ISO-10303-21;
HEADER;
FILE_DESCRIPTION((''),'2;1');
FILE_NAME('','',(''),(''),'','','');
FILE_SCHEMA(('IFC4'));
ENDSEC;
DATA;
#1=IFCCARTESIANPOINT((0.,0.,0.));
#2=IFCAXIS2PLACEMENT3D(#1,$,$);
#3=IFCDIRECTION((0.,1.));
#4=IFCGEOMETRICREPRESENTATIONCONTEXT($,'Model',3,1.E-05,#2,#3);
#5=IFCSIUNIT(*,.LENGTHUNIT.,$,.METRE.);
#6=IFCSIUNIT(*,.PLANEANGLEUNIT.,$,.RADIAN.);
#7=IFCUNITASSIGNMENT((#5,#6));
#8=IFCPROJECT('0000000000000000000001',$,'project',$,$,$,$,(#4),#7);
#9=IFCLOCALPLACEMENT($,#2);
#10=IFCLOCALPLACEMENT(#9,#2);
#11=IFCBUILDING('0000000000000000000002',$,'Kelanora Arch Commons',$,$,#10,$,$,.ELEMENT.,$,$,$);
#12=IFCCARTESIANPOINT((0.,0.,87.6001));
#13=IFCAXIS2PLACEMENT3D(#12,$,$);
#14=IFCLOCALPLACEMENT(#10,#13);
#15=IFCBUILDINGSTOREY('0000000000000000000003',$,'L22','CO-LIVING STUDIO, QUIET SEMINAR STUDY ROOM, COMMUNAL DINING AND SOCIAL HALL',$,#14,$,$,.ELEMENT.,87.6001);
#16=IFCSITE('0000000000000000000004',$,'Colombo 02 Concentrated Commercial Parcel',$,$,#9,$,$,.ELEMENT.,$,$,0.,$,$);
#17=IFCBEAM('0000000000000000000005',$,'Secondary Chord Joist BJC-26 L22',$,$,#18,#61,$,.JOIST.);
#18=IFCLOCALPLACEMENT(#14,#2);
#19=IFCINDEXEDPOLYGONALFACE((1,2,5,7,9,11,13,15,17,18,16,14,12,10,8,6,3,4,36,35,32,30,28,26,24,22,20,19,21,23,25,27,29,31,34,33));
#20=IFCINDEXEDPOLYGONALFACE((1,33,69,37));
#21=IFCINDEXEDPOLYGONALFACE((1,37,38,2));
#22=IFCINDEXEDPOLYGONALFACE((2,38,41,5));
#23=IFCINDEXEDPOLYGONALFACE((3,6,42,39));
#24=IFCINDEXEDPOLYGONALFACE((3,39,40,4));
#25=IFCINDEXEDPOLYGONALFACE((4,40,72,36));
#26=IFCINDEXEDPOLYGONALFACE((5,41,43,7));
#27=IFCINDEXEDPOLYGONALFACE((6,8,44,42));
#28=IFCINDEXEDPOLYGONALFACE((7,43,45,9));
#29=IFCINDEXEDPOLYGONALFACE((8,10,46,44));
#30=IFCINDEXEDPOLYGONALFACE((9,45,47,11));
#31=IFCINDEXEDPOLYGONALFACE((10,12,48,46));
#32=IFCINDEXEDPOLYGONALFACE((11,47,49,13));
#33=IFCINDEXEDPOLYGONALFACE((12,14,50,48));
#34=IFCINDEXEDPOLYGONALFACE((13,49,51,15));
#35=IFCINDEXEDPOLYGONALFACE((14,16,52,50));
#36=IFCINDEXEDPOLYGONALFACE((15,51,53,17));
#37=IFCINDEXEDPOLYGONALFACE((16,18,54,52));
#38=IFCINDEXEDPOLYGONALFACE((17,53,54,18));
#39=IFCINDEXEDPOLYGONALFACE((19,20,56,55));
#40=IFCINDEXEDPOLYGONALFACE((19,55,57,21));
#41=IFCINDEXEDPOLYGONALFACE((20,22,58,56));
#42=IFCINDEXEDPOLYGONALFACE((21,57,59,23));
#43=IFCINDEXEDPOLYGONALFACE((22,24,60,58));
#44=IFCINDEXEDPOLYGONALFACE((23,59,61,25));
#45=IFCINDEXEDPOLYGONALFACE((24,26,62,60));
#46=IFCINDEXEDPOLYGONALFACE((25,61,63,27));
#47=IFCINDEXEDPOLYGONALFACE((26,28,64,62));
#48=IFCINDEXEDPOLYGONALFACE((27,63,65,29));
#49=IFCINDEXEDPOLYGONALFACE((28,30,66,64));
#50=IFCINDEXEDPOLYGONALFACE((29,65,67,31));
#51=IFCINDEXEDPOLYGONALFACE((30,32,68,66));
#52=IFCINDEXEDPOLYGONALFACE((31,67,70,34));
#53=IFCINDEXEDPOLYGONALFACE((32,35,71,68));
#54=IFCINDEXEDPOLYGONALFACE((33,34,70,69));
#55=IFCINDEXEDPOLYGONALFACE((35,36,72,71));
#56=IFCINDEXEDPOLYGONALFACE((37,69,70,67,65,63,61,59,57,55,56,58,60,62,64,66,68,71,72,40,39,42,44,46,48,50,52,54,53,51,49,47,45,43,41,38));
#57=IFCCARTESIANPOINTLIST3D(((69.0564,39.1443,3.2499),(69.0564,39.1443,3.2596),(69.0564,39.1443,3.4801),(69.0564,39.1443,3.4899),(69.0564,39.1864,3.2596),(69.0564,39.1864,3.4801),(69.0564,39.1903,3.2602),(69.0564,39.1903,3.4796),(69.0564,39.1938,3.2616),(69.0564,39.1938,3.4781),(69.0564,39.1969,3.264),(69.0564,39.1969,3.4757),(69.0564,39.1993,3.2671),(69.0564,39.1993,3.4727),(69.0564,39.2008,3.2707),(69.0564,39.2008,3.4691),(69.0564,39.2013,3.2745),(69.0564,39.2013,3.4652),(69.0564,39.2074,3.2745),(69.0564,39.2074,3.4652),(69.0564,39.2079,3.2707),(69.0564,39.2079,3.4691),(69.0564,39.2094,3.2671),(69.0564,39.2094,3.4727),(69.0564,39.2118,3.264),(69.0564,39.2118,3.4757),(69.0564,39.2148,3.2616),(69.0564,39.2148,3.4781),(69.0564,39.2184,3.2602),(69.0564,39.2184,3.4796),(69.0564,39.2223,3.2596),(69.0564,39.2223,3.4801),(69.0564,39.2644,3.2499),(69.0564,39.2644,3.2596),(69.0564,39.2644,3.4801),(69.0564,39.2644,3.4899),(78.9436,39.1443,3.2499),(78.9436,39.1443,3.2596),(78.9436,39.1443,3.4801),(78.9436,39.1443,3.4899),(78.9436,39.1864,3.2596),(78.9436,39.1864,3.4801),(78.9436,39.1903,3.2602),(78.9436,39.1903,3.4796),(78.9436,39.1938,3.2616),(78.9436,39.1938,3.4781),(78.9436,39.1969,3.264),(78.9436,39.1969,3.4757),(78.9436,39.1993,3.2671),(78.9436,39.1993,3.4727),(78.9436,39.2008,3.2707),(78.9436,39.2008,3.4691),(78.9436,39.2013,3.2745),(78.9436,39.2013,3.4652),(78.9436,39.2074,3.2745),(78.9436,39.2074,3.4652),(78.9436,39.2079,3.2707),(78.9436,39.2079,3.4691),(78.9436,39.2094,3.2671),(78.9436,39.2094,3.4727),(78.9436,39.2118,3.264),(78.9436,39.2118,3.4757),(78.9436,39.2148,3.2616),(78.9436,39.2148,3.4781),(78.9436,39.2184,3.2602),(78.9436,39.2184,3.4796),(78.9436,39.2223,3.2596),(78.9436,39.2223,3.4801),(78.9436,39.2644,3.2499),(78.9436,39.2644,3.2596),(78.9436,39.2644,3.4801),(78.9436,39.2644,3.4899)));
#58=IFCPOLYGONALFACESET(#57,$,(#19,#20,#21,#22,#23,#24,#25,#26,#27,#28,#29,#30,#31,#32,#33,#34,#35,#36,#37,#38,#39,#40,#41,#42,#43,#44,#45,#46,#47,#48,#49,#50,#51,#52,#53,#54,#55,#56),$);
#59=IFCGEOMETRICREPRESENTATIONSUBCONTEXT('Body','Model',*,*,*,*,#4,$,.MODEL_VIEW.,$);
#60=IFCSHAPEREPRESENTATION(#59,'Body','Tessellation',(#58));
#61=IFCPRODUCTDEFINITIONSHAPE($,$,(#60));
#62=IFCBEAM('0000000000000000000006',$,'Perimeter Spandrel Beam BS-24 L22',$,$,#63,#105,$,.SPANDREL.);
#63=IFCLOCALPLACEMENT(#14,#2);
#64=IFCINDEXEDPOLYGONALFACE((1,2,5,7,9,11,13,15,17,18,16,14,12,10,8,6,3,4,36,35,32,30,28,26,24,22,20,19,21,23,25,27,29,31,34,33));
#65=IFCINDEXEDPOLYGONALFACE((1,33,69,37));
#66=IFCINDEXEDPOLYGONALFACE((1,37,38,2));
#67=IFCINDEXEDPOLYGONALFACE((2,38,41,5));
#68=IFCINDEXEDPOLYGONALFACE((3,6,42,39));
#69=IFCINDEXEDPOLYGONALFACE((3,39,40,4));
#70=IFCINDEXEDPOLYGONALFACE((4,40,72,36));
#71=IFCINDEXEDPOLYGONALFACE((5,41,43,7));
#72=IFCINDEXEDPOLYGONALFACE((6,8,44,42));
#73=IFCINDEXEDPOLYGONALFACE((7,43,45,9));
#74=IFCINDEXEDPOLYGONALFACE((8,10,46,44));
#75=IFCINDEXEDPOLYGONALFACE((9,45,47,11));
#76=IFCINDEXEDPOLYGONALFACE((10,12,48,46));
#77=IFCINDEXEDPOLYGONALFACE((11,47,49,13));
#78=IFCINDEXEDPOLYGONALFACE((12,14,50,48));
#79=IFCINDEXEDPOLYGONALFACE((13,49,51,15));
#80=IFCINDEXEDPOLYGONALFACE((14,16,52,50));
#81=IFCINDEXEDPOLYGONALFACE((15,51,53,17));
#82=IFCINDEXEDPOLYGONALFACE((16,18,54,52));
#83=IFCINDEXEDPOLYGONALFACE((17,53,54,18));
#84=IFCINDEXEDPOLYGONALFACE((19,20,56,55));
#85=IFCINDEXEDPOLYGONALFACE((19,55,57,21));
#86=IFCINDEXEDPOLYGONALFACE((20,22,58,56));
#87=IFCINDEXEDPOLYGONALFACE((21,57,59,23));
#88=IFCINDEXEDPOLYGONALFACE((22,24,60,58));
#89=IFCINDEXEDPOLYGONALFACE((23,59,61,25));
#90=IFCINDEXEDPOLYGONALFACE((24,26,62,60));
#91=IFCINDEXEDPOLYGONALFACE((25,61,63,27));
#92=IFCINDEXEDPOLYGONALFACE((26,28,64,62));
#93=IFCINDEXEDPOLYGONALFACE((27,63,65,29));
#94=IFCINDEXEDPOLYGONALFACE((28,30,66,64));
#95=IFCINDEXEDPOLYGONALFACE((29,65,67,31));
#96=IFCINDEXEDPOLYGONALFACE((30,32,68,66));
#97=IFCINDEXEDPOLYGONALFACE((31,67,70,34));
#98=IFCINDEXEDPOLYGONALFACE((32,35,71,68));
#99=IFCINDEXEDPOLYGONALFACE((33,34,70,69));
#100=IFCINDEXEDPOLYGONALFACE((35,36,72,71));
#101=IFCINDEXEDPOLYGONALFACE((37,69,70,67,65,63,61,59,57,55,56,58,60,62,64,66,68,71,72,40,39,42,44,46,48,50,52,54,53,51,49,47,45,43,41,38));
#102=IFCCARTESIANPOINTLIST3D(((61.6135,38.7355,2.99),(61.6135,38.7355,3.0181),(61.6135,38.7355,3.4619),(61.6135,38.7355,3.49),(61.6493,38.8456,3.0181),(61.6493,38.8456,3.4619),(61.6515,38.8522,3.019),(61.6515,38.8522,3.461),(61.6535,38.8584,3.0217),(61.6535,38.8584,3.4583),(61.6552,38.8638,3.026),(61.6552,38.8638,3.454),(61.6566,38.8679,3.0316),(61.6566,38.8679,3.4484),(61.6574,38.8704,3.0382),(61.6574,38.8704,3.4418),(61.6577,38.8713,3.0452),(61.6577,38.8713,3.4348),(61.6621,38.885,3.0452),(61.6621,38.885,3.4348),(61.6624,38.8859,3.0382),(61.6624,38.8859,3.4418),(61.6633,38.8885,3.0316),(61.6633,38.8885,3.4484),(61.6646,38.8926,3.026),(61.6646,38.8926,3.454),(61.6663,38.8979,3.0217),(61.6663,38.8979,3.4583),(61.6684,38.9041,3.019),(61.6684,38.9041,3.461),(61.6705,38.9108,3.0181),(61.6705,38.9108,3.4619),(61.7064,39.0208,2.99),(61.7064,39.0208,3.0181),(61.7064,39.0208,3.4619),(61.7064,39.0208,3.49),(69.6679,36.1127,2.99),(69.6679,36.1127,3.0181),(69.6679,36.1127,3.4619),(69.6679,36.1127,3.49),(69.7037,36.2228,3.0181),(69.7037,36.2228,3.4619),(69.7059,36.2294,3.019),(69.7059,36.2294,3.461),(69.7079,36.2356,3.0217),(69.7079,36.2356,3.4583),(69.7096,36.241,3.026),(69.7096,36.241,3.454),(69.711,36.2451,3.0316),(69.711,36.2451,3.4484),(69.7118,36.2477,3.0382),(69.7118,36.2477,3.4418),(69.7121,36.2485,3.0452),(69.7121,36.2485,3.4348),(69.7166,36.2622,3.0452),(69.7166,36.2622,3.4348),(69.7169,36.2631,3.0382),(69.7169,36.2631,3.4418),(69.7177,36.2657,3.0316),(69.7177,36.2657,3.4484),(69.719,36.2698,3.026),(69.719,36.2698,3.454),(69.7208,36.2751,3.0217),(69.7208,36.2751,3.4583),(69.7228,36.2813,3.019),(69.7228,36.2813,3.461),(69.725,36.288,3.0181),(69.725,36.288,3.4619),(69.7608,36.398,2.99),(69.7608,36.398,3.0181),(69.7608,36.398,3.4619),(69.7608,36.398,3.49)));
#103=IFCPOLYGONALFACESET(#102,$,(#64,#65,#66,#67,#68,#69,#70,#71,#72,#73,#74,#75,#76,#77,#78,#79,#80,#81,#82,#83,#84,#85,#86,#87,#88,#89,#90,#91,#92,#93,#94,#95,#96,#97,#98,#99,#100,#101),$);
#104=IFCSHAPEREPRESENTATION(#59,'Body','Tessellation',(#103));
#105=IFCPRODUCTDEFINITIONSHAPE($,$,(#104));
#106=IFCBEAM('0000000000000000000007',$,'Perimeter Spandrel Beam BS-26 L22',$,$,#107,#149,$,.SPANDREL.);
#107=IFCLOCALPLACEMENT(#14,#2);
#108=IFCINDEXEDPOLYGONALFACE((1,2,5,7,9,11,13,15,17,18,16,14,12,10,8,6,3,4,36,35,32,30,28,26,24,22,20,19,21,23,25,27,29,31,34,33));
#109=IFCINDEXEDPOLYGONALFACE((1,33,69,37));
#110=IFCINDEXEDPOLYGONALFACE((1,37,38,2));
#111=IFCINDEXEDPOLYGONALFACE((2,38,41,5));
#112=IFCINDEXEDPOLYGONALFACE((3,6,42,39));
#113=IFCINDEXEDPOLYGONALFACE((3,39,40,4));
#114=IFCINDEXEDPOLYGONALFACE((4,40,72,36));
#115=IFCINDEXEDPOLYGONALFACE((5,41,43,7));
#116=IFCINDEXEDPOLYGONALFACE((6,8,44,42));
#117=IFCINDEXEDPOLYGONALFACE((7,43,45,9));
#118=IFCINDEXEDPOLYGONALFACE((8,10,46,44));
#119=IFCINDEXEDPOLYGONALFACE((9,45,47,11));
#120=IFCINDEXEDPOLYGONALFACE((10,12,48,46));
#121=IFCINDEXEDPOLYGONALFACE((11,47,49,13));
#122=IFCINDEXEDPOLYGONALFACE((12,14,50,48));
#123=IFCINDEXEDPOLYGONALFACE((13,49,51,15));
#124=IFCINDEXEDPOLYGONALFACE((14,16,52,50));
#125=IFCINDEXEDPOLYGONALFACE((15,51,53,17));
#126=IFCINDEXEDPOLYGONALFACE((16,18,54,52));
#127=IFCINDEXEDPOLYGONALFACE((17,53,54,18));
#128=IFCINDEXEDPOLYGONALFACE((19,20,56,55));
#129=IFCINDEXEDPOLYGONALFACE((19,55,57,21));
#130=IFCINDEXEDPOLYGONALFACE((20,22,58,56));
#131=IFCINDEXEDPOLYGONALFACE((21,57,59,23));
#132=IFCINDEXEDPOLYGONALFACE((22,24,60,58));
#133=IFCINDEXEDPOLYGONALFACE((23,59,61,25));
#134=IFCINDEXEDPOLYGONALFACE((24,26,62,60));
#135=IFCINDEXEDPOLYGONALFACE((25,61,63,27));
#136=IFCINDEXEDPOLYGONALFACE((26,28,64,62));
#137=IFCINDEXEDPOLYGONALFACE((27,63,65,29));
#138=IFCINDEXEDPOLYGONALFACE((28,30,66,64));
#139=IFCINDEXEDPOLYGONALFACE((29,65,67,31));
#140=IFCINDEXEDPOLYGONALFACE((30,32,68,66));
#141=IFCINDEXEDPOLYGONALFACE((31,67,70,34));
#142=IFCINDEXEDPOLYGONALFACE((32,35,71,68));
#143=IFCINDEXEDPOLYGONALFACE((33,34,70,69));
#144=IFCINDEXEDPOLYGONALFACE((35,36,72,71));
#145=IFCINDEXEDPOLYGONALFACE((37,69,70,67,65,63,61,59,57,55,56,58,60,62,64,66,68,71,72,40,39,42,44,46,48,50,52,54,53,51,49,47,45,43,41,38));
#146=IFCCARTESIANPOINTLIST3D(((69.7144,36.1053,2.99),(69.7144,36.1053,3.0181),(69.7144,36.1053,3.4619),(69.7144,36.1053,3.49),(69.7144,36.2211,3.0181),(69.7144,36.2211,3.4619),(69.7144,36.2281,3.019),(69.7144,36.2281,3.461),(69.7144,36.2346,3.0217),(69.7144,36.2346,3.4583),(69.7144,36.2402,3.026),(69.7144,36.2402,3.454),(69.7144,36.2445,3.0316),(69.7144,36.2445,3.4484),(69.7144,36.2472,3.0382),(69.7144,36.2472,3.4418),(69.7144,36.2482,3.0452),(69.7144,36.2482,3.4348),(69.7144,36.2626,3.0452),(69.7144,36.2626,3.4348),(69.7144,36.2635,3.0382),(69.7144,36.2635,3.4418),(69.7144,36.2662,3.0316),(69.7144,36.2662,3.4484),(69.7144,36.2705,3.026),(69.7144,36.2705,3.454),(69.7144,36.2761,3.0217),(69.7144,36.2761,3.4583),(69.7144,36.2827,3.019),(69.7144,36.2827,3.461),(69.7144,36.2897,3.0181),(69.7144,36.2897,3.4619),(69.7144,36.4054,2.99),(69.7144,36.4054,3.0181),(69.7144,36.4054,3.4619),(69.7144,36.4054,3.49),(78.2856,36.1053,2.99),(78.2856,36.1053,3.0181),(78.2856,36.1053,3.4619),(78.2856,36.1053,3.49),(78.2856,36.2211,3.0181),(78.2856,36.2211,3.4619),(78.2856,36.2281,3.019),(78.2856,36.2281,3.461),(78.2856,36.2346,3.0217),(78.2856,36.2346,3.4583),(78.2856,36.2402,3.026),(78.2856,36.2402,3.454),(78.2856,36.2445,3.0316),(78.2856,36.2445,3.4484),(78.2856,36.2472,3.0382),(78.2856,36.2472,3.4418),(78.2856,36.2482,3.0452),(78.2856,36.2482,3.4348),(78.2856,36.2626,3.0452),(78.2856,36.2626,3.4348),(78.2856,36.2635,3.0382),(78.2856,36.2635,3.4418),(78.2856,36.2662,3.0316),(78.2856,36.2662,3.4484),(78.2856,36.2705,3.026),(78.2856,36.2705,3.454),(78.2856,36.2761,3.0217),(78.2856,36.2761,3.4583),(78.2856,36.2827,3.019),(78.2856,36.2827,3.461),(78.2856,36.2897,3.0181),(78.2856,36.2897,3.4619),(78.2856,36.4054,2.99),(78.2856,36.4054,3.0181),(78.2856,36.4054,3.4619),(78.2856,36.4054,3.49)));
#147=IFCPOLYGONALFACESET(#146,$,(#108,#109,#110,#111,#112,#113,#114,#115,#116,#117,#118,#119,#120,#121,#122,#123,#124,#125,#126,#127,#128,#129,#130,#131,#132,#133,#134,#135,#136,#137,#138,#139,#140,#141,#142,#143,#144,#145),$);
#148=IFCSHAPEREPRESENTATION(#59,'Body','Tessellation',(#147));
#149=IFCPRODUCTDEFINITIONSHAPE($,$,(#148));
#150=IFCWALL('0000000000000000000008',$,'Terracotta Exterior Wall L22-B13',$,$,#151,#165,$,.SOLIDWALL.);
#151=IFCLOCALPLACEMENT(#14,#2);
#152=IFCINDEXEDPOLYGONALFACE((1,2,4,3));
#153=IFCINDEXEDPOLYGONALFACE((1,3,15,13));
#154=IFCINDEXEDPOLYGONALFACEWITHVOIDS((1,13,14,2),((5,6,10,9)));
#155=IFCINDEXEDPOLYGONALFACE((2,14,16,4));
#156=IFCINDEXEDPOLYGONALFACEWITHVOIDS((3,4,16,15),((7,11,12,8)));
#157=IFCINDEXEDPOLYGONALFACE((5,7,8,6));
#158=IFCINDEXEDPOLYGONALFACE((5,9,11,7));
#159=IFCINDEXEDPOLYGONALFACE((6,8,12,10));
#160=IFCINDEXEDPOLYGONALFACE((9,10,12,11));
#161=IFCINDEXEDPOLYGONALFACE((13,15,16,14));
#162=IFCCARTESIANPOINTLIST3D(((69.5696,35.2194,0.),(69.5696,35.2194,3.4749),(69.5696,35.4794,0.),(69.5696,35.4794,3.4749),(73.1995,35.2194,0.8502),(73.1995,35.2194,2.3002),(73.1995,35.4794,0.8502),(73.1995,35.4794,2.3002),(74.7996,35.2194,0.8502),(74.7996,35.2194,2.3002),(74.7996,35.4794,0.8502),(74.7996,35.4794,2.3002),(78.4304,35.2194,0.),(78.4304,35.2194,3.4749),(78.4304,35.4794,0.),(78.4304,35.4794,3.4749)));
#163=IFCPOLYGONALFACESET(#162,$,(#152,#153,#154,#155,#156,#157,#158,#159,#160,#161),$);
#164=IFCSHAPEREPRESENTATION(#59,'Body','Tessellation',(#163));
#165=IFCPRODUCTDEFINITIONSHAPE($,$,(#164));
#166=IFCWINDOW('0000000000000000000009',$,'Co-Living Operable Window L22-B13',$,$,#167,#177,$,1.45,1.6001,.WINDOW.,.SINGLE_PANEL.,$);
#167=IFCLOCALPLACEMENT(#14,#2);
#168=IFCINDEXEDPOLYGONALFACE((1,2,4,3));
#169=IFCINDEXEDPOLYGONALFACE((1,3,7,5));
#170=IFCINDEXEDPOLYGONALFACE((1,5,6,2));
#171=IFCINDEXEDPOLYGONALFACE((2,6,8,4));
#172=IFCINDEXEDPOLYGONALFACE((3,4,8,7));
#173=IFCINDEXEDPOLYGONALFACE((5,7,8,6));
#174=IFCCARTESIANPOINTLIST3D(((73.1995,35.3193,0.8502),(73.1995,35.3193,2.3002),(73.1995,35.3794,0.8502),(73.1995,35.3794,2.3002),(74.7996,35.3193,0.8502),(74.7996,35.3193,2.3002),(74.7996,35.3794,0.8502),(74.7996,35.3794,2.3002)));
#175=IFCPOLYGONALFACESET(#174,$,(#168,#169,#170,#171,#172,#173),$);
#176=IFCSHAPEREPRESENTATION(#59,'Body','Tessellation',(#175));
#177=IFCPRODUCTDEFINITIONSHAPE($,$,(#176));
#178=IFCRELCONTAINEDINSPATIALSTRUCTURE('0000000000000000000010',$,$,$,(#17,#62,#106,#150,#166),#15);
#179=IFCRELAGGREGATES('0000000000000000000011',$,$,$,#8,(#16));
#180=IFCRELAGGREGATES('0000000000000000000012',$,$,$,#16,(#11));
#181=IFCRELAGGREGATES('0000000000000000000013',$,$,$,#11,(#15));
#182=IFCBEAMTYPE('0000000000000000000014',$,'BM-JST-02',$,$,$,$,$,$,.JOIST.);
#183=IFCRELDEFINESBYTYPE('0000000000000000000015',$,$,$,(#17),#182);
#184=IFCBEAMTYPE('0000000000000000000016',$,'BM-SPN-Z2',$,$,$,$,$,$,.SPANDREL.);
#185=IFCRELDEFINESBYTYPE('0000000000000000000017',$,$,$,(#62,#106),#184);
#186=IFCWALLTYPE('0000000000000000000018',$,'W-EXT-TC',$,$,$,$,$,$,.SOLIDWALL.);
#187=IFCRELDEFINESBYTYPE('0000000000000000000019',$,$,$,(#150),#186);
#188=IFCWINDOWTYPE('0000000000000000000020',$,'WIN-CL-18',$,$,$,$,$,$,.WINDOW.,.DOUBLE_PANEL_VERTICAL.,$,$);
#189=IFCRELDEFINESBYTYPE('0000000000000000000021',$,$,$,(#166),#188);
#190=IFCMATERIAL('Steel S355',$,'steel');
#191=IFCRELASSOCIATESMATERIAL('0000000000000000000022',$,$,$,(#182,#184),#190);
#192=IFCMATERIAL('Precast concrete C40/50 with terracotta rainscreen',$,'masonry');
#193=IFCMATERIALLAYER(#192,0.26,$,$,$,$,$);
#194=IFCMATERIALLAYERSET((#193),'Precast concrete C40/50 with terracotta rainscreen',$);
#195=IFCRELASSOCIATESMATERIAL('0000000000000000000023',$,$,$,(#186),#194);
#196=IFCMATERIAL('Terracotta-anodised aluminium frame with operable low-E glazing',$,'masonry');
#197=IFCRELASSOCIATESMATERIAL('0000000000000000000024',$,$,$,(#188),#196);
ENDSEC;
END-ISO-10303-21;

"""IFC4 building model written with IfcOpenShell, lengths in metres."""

from ifc_helpers import new_model, si_unit, direction, frame, frame_2d, origin, origin_2d, place, context, subcontext, project, spatial, rectangle, i_section, extrude, material, layer, layer_set, material_profile, profile_set, type_object, element, fill, save


model = new_model("IFC4")

# Units and contexts
model_context = context("Model", 3, precision=1e-05, world=origin(), true_north=direction((0.0, 1.0)))
body_context = subcontext(model_context, "Body", "Model", "MODEL_VIEW")
ifc_project = project(units=[si_unit("LENGTHUNIT", "METRE"), si_unit("PLANEANGLEUNIT", "RADIAN")], contexts=[model_context])

# Site, building, storey
site_placement = place(None, origin())
site = spatial("IfcSite", under=ifc_project, at=site_placement, Name="Colombo 02 Concentrated Commercial Parcel", CompositionType="ELEMENT", RefElevation=0.0)
building_placement = place(site_placement, origin())
building = spatial("IfcBuilding", under=site, at=building_placement, Name="Kelanora Arch Commons", CompositionType="ELEMENT")
storey_placement = place(building_placement, frame((0.0, 0.0, 87.6001)))
storey = spatial("IfcBuildingStorey", under=building, at=storey_placement, Name="L22", Description="CO-LIVING STUDIO, QUIET SEMINAR STUDY ROOM, COMMUNAL DINING AND SOCIAL HALL", CompositionType="ELEMENT", Elevation=87.6001)

# Beams
ifc_material_1 = material(Name="Steel S355", Category="steel")
ifc_material_profile_1 = material_profile(ifc_material_1, i_section(OverallWidth=0.1201, OverallDepth=0.24, WebThickness=0.0061, FlangeThickness=0.0098, FilletRadius=0.0149, at=origin_2d()), Name="IPE240")
ifc_profile_set_1 = profile_set([ifc_material_profile_1], Name="Steel S355")
beam_type_1 = type_object("IfcBeamType", Name="BM-JST-02", PredefinedType="JOIST", material=ifc_profile_set_1)
beam_1_placement = place(storey_placement, frame((69.0564, 39.2043, 3.3699), z_axis=(1.0, 0.0, 0.0), x_axis=(0.0, 1.0, 0.0)))
element("IfcBeam", 1, at=beam_1_placement, inside=storey, type_object=beam_type_1, Name="Secondary Chord Joist BJC-26 L22", PredefinedType="JOIST", context=body_context, shape_type="SweptSolid", body=[
    extrude(i_section(OverallWidth=0.1201, OverallDepth=0.24, WebThickness=0.0061, FlangeThickness=0.0098, FilletRadius=0.0149, at=origin_2d()), origin(), (0.0, 0.0, 1.0), 9.8872),
])
ifc_material_profile_2 = material_profile(ifc_material_1, i_section(OverallWidth=0.3, OverallDepth=0.5, WebThickness=0.0144, FlangeThickness=0.0281, FilletRadius=0.0271, at=origin_2d()), Name="HEB500")
ifc_profile_set_2 = profile_set([ifc_material_profile_2], Name="Steel S355")
beam_type_2 = type_object("IfcBeamType", Name="BM-SPN-Z2", PredefinedType="SPANDREL", material=ifc_profile_set_2)
beam_2_placement = place(storey_placement, frame((61.6599, 38.8782, 3.24), z_axis=(0.950857, -0.309631, 0.0), x_axis=(0.309631, 0.950857, 0.0)))
element("IfcBeam", 2, at=beam_2_placement, inside=storey, type_object=beam_type_2, Name="Perimeter Spandrel Beam BS-24 L22", PredefinedType="SPANDREL", context=body_context, shape_type="SweptSolid", body=[
    extrude(i_section(OverallWidth=0.3, OverallDepth=0.5, WebThickness=0.0144, FlangeThickness=0.0281, FilletRadius=0.0271, at=origin_2d()), origin(), (0.0, 0.0, 1.0), 8.4707),
])
beam_3_placement = place(storey_placement, frame((69.7144, 36.2554, 3.24), z_axis=(1.0, 0.0, 0.0), x_axis=(0.0, 1.0, 0.0)))
element("IfcBeam", 3, at=beam_3_placement, inside=storey, type_object=beam_type_2, Name="Perimeter Spandrel Beam BS-26 L22", PredefinedType="SPANDREL", context=body_context, shape_type="SweptSolid", body=[
    extrude(i_section(OverallWidth=0.3, OverallDepth=0.5, WebThickness=0.0144, FlangeThickness=0.0281, FilletRadius=0.0271, at=origin_2d()), origin(), (0.0, 0.0, 1.0), 8.5713),
])

# Wall, opening, window
ifc_material_2 = material(Name="Precast concrete C40/50 with terracotta rainscreen", Category="masonry")
ifc_layer_1 = layer(ifc_material_2, 0.26)
ifc_layer_set_1 = layer_set([ifc_layer_1], Name="Precast concrete C40/50 with terracotta rainscreen")
wall_type_1 = type_object("IfcWallType", Name="W-EXT-TC", PredefinedType="SOLIDWALL", material=ifc_layer_set_1)
wall_1_placement = place(storey_placement, frame((69.5696, 35.3494, 0.0), z_axis=(0.0, 0.0, 1.0), x_axis=(1.0, 0.0, 0.0)))
wall_1 = element("IfcWall", 4, at=wall_1_placement, inside=storey, type_object=wall_type_1, Name="Terracotta Exterior Wall L22-B13", PredefinedType="SOLIDWALL", context=body_context, shape_type="SweptSolid", body=[
    extrude(rectangle(XDim=8.8608, YDim=0.26, at=frame_2d((4.4304, 0.0))), origin(), (0.0, 0.0, 1.0), 3.4749),
])
opening_1_placement = place(wall_1_placement, frame((3.6299, 0.0, 0.8501)))
opening_1 = element("IfcOpeningElement", 5, at=opening_1_placement, cuts=wall_1, PredefinedType="OPENING", context=body_context, shape_type="SweptSolid", body=[
    extrude(rectangle(XDim=1.6001, YDim=1.45, at=frame_2d((0.8, 0.7251))), frame((0.0, 0.1401, 0.0), z_axis=(0.0, -1.0, 0.0), x_axis=(1.0, 0.0, 0.0)), (0.0, 0.0, 1.0), 0.28),
])
ifc_material_3 = material(Name="Terracotta-anodised aluminium frame with operable low-E glazing", Category="masonry")
window_type = type_object("IfcWindowType", Name="WIN-CL-18", PartitioningType="DOUBLE_PANEL_VERTICAL", PredefinedType="WINDOW", material=ifc_material_3)
window_placement = place(opening_1_placement, origin())
window = element("IfcWindow", 6, at=window_placement, inside=storey, type_object=window_type, Name="Co-Living Operable Window L22-B13", OverallHeight=1.45, OverallWidth=1.6001, PartitioningType="SINGLE_PANEL", PredefinedType="WINDOW", context=body_context, shape_type="SweptSolid", body=[
    extrude(rectangle(XDim=1.6001, YDim=1.45, at=frame_2d((0.8, 0.7251))), frame((0.0, 0.03, 0.0), z_axis=(0.0, -1.0, 0.0), x_axis=(1.0, 0.0, 0.0)), (0.0, 0.0, 1.0), 0.0601),
])
fill(opening_1, window)

save(model, "model.ifc")
